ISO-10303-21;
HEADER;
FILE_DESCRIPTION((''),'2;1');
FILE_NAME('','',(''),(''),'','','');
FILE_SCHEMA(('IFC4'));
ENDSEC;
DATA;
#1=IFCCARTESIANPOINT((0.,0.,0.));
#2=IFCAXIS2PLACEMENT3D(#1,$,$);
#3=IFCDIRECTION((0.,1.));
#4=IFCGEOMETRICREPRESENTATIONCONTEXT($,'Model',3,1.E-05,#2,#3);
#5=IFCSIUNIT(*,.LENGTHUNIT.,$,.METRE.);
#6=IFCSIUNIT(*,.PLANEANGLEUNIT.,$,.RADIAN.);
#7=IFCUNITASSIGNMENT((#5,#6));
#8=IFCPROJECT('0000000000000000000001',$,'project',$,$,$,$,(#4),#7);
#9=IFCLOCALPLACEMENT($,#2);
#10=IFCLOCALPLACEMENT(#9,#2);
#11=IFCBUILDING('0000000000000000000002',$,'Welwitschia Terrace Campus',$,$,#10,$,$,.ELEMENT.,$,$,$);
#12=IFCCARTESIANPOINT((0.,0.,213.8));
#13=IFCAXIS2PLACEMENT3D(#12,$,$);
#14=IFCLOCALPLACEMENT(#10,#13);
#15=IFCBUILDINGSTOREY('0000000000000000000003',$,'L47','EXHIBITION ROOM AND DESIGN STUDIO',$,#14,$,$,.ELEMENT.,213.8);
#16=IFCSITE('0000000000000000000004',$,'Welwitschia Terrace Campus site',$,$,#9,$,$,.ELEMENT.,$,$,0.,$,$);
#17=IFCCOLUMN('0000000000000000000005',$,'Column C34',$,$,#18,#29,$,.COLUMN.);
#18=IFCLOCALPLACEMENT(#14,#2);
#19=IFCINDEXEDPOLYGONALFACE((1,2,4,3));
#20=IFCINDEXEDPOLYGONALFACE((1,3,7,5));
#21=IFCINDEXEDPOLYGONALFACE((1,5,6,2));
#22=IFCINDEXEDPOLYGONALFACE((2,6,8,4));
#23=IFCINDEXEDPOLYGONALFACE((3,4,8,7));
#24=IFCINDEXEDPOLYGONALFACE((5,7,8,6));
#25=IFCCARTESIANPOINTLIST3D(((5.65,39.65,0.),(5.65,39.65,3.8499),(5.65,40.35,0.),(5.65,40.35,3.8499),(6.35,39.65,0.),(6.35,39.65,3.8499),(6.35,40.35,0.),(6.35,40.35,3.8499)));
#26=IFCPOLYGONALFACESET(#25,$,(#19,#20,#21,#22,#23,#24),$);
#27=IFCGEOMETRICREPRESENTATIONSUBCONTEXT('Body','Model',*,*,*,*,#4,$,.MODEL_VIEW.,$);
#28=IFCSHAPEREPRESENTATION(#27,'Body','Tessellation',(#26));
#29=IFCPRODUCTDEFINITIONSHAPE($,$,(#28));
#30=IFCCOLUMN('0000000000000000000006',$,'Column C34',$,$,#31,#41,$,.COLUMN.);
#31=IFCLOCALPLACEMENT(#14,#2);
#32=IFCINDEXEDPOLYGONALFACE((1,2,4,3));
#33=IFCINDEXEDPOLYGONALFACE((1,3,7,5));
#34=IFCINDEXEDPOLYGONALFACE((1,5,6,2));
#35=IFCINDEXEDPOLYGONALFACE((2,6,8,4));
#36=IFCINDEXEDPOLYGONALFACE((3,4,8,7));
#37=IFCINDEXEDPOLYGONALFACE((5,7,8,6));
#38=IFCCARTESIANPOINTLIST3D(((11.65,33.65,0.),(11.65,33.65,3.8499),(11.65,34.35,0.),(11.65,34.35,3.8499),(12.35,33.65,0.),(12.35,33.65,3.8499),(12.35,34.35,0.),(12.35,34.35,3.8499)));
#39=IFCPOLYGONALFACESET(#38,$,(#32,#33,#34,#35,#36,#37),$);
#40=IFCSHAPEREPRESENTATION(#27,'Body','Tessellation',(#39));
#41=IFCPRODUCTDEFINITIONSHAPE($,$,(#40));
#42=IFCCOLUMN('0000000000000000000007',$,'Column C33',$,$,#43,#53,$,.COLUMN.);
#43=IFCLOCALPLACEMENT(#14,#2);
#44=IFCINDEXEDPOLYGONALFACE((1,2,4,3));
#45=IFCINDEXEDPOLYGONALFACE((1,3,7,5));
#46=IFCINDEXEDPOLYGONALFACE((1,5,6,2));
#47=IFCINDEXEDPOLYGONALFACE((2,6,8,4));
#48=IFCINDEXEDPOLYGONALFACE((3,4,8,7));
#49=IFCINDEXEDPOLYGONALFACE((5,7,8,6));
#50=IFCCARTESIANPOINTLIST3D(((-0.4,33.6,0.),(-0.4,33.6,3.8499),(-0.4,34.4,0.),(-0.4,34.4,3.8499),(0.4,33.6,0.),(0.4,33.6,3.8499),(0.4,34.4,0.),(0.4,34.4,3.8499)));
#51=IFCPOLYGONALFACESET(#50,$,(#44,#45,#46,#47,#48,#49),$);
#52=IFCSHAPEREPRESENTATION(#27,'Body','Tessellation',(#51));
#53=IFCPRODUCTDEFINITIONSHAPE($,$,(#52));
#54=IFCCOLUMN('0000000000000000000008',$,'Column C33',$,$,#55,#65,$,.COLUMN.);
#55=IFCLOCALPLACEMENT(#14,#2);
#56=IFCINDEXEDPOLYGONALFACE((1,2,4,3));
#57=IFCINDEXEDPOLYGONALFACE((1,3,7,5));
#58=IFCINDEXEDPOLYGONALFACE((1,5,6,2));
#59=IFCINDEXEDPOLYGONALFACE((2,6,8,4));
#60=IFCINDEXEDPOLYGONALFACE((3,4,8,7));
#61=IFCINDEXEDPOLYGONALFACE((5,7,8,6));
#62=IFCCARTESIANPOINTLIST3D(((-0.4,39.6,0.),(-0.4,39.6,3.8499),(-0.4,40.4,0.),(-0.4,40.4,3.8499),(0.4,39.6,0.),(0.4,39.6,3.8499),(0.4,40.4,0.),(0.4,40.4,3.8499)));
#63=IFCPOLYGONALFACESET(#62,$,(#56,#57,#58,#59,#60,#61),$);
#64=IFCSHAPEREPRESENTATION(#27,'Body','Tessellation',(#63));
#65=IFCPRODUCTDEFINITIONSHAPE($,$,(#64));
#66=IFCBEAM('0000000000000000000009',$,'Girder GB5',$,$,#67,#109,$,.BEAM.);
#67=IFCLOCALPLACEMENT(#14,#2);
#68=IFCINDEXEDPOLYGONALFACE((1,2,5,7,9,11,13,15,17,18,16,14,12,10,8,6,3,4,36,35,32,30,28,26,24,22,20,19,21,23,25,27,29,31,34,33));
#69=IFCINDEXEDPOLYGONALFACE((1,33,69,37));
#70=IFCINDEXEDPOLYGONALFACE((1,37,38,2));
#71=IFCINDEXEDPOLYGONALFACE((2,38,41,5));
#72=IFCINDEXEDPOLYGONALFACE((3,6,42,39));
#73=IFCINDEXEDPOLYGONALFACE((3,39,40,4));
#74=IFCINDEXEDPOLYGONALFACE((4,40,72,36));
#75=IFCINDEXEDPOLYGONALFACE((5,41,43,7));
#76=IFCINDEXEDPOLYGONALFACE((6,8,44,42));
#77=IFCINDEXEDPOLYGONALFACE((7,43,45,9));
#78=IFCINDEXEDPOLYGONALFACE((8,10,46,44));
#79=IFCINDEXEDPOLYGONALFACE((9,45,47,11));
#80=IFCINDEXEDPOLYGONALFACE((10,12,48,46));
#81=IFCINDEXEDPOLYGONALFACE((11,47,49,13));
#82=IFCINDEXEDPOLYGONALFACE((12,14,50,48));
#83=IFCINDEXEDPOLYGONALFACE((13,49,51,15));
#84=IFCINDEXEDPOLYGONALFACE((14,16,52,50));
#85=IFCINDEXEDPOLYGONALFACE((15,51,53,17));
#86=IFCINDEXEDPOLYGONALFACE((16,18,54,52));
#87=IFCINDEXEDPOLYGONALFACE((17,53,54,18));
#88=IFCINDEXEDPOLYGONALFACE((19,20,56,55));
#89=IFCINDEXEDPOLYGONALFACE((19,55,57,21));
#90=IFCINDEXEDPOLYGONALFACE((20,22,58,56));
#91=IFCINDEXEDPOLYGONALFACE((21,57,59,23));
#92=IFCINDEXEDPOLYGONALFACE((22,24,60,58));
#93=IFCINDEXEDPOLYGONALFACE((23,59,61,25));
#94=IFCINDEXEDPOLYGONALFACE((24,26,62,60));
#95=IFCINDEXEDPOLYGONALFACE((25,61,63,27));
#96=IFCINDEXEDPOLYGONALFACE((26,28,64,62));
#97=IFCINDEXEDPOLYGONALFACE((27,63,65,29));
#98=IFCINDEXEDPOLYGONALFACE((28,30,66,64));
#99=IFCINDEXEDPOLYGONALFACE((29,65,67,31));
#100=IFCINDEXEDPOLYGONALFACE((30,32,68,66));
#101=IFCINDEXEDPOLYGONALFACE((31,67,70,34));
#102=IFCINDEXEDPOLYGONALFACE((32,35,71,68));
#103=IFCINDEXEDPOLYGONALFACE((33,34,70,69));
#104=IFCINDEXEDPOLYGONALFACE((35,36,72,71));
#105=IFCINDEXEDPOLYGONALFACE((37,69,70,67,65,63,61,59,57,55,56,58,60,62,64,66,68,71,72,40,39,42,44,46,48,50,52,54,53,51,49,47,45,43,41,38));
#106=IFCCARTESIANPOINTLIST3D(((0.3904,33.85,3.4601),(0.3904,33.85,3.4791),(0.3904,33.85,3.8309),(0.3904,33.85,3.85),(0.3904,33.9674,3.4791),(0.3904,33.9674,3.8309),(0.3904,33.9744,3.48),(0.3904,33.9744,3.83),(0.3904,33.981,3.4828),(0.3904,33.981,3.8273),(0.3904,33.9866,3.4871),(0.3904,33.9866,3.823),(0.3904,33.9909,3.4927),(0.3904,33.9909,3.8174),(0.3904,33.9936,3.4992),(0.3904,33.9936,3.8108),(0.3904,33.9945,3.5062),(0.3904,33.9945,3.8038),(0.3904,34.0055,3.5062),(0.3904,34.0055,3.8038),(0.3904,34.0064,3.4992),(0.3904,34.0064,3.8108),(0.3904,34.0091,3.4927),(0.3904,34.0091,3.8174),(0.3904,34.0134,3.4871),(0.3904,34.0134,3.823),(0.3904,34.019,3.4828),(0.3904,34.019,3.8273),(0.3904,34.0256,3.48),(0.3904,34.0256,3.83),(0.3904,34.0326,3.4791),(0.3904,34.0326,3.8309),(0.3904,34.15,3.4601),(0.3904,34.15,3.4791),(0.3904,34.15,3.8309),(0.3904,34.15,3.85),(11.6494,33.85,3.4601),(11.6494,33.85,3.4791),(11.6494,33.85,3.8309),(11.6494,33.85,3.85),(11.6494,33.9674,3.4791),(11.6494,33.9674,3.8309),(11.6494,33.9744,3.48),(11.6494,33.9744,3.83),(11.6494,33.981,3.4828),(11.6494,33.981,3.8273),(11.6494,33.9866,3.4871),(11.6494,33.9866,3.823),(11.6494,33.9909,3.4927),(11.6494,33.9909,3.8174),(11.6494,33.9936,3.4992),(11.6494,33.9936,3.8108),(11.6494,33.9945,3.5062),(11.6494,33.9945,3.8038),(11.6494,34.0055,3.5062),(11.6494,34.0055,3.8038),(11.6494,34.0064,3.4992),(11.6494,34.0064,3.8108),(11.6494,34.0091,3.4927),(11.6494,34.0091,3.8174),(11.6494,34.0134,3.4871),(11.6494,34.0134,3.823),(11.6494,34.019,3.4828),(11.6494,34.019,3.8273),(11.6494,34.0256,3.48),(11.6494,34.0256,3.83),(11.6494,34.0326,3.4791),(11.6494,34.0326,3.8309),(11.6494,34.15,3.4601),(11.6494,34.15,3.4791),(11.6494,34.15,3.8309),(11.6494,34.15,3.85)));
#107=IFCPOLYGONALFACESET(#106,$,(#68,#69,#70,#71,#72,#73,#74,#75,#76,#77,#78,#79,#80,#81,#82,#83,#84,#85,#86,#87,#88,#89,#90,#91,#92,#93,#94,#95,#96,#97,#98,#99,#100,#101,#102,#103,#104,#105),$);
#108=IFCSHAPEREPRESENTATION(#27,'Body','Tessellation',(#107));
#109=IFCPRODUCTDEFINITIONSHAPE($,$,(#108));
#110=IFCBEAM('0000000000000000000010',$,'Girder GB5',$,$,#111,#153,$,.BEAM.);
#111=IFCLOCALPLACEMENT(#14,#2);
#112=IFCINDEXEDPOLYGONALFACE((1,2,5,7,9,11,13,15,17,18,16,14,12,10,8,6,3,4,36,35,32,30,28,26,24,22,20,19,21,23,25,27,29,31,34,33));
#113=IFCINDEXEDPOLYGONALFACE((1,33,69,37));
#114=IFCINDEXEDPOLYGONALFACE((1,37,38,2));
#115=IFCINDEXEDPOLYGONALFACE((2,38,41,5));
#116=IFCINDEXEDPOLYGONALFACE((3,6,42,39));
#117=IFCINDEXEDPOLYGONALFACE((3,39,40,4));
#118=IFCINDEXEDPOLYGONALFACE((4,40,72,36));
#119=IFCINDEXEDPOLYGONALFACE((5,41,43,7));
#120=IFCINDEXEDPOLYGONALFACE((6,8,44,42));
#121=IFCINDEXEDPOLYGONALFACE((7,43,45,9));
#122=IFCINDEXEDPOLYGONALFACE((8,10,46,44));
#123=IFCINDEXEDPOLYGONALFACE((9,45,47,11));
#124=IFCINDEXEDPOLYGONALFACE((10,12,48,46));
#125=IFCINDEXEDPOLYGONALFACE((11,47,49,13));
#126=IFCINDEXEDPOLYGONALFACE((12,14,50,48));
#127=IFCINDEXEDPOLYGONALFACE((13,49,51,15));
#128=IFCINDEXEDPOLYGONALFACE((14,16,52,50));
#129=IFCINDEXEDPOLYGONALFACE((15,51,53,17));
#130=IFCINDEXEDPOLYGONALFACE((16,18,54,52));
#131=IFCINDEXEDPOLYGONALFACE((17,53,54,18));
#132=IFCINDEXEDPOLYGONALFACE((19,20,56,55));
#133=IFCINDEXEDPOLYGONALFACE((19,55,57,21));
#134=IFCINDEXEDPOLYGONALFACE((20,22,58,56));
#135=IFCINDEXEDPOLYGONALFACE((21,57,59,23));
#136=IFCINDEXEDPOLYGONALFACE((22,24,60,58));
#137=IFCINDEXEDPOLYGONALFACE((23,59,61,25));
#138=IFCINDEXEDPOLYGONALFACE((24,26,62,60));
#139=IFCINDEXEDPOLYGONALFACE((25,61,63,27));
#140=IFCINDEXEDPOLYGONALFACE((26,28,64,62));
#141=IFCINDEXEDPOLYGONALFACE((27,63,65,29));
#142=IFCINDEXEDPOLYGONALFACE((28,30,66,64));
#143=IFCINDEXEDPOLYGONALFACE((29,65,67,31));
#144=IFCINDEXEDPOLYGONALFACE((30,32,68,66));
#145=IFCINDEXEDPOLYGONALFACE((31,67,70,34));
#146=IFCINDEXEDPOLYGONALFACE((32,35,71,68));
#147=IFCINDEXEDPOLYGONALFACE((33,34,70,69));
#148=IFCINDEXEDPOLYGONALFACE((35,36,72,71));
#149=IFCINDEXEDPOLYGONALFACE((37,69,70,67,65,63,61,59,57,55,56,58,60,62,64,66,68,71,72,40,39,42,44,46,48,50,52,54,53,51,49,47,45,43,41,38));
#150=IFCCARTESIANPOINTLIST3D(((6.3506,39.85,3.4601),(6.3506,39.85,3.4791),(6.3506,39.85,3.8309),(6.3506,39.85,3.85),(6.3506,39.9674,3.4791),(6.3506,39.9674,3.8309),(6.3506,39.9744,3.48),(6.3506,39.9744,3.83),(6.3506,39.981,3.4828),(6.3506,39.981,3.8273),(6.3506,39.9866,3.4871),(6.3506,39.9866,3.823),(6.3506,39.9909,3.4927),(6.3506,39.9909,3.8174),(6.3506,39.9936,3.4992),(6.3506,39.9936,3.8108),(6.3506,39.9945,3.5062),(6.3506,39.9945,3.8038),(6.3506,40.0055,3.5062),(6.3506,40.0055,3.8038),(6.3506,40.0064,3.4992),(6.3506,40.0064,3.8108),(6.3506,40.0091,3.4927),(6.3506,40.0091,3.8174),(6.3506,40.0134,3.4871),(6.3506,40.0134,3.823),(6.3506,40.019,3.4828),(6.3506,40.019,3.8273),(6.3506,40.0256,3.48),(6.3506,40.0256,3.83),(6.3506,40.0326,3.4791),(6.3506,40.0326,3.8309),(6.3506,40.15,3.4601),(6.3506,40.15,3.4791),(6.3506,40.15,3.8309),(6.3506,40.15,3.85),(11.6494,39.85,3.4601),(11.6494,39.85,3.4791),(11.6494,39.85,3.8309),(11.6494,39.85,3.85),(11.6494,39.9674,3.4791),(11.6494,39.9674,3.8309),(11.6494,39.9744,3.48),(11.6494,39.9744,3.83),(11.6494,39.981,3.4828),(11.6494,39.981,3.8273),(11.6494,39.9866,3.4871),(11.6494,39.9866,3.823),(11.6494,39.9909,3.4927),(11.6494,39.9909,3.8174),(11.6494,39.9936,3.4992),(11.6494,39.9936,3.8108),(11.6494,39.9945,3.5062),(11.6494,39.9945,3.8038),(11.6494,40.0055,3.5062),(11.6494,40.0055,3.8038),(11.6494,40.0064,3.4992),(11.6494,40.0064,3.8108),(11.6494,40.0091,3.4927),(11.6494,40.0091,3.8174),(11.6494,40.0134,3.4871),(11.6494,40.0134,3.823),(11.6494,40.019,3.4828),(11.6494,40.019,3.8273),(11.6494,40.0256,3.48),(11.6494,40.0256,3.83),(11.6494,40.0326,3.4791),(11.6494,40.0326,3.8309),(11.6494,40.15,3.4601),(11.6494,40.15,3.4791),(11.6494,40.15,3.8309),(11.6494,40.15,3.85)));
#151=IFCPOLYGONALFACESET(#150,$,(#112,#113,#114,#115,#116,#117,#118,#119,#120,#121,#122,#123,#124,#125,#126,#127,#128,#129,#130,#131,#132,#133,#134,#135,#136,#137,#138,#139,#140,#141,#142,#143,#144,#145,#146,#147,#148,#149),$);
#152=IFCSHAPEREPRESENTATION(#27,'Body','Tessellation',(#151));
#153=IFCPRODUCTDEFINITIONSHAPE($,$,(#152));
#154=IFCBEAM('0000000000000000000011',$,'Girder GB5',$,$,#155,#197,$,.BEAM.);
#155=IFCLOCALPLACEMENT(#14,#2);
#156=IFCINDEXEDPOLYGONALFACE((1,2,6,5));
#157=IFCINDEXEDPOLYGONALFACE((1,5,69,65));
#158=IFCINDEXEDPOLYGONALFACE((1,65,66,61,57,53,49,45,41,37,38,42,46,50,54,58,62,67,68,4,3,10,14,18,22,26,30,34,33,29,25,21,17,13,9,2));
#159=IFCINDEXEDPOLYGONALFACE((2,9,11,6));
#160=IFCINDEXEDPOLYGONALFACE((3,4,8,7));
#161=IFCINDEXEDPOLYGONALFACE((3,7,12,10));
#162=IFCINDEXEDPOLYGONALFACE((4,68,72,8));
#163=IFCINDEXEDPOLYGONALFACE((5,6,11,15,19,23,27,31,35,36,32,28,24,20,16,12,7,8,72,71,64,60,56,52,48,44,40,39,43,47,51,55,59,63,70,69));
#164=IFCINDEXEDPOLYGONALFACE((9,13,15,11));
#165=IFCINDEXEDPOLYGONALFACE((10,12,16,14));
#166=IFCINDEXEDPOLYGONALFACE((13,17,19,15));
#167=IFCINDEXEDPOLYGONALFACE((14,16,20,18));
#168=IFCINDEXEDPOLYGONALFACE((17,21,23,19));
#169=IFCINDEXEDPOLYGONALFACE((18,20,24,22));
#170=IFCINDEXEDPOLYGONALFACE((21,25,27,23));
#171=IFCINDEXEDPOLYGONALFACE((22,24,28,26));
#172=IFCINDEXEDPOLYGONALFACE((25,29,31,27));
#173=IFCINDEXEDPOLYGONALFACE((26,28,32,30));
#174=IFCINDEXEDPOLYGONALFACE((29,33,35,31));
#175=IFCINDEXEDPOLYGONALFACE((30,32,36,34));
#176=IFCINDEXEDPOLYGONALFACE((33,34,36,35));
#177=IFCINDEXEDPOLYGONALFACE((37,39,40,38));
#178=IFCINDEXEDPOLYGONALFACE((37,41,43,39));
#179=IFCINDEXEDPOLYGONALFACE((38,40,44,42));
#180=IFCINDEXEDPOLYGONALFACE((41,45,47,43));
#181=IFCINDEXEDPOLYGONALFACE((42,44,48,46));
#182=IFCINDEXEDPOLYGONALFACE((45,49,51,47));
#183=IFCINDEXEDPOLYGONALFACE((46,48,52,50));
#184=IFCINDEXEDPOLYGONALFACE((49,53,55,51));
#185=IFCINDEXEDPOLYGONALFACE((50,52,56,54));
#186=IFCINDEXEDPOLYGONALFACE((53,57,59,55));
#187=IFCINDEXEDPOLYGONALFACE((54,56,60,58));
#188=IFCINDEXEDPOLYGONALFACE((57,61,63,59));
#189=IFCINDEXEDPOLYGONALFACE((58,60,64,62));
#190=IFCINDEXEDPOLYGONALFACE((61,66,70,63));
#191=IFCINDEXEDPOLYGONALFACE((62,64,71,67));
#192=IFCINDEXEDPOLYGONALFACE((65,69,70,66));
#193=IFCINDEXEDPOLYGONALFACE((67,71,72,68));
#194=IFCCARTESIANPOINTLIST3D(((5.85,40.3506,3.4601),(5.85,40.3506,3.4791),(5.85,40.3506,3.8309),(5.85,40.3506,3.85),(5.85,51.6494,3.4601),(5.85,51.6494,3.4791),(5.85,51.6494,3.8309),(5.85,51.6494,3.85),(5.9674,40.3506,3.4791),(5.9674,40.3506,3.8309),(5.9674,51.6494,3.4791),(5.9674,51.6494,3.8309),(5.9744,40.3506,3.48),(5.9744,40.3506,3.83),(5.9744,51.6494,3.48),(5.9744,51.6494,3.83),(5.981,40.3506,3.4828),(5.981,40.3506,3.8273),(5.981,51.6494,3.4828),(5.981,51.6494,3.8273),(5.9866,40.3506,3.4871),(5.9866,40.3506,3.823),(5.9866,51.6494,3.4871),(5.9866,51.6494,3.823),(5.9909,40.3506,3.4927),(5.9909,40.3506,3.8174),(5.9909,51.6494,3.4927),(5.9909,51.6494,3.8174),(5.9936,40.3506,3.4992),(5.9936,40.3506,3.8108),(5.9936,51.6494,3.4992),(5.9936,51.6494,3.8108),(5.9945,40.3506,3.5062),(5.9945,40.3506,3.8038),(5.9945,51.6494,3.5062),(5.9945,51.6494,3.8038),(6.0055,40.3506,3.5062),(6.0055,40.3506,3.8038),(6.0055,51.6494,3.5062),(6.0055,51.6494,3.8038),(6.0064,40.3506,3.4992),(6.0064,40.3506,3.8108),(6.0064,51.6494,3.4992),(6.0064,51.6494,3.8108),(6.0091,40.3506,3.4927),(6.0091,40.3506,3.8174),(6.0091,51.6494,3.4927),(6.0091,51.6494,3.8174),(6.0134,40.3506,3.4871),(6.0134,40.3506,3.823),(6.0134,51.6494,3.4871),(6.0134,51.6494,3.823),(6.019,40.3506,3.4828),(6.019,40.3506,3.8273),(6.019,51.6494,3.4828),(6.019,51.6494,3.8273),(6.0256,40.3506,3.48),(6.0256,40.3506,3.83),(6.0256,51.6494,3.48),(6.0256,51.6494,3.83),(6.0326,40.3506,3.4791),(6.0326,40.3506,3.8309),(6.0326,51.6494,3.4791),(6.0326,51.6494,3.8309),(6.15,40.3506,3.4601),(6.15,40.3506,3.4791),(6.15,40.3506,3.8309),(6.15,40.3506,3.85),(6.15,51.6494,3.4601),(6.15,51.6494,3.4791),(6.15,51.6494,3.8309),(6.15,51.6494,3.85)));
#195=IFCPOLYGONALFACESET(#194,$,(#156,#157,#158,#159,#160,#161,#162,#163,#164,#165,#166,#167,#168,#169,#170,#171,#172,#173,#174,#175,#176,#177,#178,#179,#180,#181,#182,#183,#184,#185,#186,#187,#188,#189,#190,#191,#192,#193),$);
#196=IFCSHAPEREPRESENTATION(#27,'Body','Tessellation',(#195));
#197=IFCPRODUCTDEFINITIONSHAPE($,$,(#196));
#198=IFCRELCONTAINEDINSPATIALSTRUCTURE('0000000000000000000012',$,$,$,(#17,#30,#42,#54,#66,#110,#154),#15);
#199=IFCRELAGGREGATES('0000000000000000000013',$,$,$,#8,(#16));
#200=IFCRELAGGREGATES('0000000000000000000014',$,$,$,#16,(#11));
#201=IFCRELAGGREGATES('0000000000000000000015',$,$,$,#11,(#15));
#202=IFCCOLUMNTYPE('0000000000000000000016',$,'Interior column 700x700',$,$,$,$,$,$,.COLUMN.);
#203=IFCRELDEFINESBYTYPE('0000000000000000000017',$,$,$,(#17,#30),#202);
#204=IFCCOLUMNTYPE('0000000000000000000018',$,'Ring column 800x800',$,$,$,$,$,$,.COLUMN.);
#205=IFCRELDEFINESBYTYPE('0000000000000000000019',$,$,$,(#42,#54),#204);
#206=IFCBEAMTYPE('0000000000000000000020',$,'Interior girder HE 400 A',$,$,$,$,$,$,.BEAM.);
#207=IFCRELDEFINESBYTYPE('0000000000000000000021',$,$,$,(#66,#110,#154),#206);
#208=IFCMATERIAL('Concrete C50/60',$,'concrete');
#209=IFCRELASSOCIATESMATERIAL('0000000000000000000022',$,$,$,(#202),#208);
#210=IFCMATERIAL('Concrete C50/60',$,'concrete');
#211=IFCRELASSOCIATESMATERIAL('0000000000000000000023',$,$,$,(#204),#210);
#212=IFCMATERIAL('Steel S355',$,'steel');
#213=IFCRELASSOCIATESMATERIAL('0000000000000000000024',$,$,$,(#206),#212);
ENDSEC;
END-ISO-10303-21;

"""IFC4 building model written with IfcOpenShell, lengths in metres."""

from ifc_helpers import new_model, si_unit, direction, frame, origin, origin_2d, place, context, subcontext, project, spatial, rectangle, i_section, extrude, material, material_profile, profile_set, type_object, element, save


model = new_model("IFC4")

# Units and contexts
model_context = context("Model", 3, precision=1e-05, world=origin(), true_north=direction((0.0, 1.0)))
body_context = subcontext(model_context, "Body", "Model", "MODEL_VIEW")
ifc_project = project(units=[si_unit("LENGTHUNIT", "METRE"), si_unit("PLANEANGLEUNIT", "RADIAN")], contexts=[model_context])

# Site, building, storey
site_placement = place(None, origin())
site = spatial("IfcSite", under=ifc_project, at=site_placement, Name="Welwitschia Terrace Campus site", CompositionType="ELEMENT", RefElevation=0.0)
building_placement = place(site_placement, origin())
building = spatial("IfcBuilding", under=site, at=building_placement, Name="Welwitschia Terrace Campus", CompositionType="ELEMENT")
storey_placement = place(building_placement, frame((0.0, 0.0, 213.8)))
storey = spatial("IfcBuildingStorey", under=building, at=storey_placement, Name="L47", Description="EXHIBITION ROOM AND DESIGN STUDIO", CompositionType="ELEMENT", Elevation=213.8)

# Columns
ifc_material_1 = material(Name="Concrete C50/60", Category="concrete")
ifc_material_profile_1 = material_profile(ifc_material_1, rectangle(XDim=0.7, YDim=0.7, at=origin_2d()))
ifc_profile_set_1 = profile_set([ifc_material_profile_1], Name="Concrete C50/60")
column_type_1 = type_object("IfcColumnType", Name="Interior column 700x700", PredefinedType="COLUMN", material=ifc_profile_set_1)
for number, where, z_axis, x_axis, name in (
    (1, (6.0, 40.0, 0.0), (0.0, 0.0, 1.0), (1.0, 0.0, 0.0), "Column C34"),
    (2, (12.0, 34.0, 0.0), (0.0, 0.0, 1.0), (1.0, 0.0, 0.0), "Column C34"),
):
    element("IfcColumn", number, at=place(storey_placement, frame(where, z_axis=z_axis, x_axis=x_axis)), inside=storey, type_object=column_type_1, Name=name, PredefinedType="COLUMN", context=body_context, shape_type="SweptSolid", body=[
        extrude(rectangle(XDim=0.7, YDim=0.7, at=origin_2d()), origin(), (0.0, 0.0, 1.0), 3.8499),
    ])
ifc_material_2 = material(Name="Concrete C50/60", Category="concrete")
ifc_material_profile_2 = material_profile(ifc_material_2, rectangle(XDim=0.8, YDim=0.8, at=origin_2d()))
ifc_profile_set_2 = profile_set([ifc_material_profile_2], Name="Concrete C50/60")
column_type_2 = type_object("IfcColumnType", Name="Ring column 800x800", PredefinedType="COLUMN", material=ifc_profile_set_2)
for number, where, z_axis, x_axis, name in (
    (3, (0.0, 34.0, 0.0), (0.0, 0.0, 1.0), (1.0, 0.0, 0.0), "Column C33"),
    (4, (0.0, 40.0, 0.0), (0.0, 0.0, 1.0), (1.0, 0.0, 0.0), "Column C33"),
):
    element("IfcColumn", number, at=place(storey_placement, frame(where, z_axis=z_axis, x_axis=x_axis)), inside=storey, type_object=column_type_2, Name=name, PredefinedType="COLUMN", context=body_context, shape_type="SweptSolid", body=[
        extrude(rectangle(XDim=0.8, YDim=0.8, at=origin_2d()), origin(), (0.0, 0.0, 1.0), 3.8499),
    ])

# Beams
ifc_material_3 = material(Name="Steel S355", Category="steel")
ifc_material_profile_3 = material_profile(ifc_material_3, i_section(OverallWidth=0.3, OverallDepth=0.3899, WebThickness=0.011, FlangeThickness=0.019, FilletRadius=0.0271, at=origin_2d()))
ifc_profile_set_3 = profile_set([ifc_material_profile_3], Name="Steel S355")
beam_type_1 = type_object("IfcBeamType", Name="Interior girder HE 400 A", PredefinedType="BEAM", material=ifc_profile_set_3)
beam_1_placement = place(storey_placement, frame((0.3904, 34.0, 3.655), z_axis=(1.0, 0.0, 0.0), x_axis=(0.0, 1.0, 0.0)))
element("IfcBeam", 5, at=beam_1_placement, inside=storey, type_object=beam_type_1, Name="Girder GB5", PredefinedType="BEAM", context=body_context, shape_type="SweptSolid", body=[
    extrude(i_section(OverallWidth=0.3, OverallDepth=0.3899, WebThickness=0.011, FlangeThickness=0.019, FilletRadius=0.0271, at=origin_2d()), origin(), (0.0, 0.0, 1.0), 11.259),
])
beam_2_placement = place(storey_placement, frame((6.3506, 40.0, 3.655), z_axis=(1.0, 0.0, 0.0), x_axis=(0.0, 1.0, 0.0)))
element("IfcBeam", 6, at=beam_2_placement, inside=storey, type_object=beam_type_1, Name="Girder GB5", PredefinedType="BEAM", context=body_context, shape_type="SweptSolid", body=[
    extrude(i_section(OverallWidth=0.3, OverallDepth=0.3899, WebThickness=0.011, FlangeThickness=0.019, FilletRadius=0.0271, at=origin_2d()), origin(), (0.0, 0.0, 1.0), 5.2988),
])
beam_3_placement = place(storey_placement, frame((6.0, 40.3506, 3.655), z_axis=(0.0, 1.0, 0.0), x_axis=(-1.0, 0.0, 0.0)))
element("IfcBeam", 7, at=beam_3_placement, inside=storey, type_object=beam_type_1, Name="Girder GB5", PredefinedType="BEAM", context=body_context, shape_type="SweptSolid", body=[
    extrude(i_section(OverallWidth=0.3, OverallDepth=0.3899, WebThickness=0.011, FlangeThickness=0.019, FilletRadius=0.0271, at=origin_2d()), origin(), (0.0, 0.0, 1.0), 11.2988),
])

save(model, "model.ifc")
